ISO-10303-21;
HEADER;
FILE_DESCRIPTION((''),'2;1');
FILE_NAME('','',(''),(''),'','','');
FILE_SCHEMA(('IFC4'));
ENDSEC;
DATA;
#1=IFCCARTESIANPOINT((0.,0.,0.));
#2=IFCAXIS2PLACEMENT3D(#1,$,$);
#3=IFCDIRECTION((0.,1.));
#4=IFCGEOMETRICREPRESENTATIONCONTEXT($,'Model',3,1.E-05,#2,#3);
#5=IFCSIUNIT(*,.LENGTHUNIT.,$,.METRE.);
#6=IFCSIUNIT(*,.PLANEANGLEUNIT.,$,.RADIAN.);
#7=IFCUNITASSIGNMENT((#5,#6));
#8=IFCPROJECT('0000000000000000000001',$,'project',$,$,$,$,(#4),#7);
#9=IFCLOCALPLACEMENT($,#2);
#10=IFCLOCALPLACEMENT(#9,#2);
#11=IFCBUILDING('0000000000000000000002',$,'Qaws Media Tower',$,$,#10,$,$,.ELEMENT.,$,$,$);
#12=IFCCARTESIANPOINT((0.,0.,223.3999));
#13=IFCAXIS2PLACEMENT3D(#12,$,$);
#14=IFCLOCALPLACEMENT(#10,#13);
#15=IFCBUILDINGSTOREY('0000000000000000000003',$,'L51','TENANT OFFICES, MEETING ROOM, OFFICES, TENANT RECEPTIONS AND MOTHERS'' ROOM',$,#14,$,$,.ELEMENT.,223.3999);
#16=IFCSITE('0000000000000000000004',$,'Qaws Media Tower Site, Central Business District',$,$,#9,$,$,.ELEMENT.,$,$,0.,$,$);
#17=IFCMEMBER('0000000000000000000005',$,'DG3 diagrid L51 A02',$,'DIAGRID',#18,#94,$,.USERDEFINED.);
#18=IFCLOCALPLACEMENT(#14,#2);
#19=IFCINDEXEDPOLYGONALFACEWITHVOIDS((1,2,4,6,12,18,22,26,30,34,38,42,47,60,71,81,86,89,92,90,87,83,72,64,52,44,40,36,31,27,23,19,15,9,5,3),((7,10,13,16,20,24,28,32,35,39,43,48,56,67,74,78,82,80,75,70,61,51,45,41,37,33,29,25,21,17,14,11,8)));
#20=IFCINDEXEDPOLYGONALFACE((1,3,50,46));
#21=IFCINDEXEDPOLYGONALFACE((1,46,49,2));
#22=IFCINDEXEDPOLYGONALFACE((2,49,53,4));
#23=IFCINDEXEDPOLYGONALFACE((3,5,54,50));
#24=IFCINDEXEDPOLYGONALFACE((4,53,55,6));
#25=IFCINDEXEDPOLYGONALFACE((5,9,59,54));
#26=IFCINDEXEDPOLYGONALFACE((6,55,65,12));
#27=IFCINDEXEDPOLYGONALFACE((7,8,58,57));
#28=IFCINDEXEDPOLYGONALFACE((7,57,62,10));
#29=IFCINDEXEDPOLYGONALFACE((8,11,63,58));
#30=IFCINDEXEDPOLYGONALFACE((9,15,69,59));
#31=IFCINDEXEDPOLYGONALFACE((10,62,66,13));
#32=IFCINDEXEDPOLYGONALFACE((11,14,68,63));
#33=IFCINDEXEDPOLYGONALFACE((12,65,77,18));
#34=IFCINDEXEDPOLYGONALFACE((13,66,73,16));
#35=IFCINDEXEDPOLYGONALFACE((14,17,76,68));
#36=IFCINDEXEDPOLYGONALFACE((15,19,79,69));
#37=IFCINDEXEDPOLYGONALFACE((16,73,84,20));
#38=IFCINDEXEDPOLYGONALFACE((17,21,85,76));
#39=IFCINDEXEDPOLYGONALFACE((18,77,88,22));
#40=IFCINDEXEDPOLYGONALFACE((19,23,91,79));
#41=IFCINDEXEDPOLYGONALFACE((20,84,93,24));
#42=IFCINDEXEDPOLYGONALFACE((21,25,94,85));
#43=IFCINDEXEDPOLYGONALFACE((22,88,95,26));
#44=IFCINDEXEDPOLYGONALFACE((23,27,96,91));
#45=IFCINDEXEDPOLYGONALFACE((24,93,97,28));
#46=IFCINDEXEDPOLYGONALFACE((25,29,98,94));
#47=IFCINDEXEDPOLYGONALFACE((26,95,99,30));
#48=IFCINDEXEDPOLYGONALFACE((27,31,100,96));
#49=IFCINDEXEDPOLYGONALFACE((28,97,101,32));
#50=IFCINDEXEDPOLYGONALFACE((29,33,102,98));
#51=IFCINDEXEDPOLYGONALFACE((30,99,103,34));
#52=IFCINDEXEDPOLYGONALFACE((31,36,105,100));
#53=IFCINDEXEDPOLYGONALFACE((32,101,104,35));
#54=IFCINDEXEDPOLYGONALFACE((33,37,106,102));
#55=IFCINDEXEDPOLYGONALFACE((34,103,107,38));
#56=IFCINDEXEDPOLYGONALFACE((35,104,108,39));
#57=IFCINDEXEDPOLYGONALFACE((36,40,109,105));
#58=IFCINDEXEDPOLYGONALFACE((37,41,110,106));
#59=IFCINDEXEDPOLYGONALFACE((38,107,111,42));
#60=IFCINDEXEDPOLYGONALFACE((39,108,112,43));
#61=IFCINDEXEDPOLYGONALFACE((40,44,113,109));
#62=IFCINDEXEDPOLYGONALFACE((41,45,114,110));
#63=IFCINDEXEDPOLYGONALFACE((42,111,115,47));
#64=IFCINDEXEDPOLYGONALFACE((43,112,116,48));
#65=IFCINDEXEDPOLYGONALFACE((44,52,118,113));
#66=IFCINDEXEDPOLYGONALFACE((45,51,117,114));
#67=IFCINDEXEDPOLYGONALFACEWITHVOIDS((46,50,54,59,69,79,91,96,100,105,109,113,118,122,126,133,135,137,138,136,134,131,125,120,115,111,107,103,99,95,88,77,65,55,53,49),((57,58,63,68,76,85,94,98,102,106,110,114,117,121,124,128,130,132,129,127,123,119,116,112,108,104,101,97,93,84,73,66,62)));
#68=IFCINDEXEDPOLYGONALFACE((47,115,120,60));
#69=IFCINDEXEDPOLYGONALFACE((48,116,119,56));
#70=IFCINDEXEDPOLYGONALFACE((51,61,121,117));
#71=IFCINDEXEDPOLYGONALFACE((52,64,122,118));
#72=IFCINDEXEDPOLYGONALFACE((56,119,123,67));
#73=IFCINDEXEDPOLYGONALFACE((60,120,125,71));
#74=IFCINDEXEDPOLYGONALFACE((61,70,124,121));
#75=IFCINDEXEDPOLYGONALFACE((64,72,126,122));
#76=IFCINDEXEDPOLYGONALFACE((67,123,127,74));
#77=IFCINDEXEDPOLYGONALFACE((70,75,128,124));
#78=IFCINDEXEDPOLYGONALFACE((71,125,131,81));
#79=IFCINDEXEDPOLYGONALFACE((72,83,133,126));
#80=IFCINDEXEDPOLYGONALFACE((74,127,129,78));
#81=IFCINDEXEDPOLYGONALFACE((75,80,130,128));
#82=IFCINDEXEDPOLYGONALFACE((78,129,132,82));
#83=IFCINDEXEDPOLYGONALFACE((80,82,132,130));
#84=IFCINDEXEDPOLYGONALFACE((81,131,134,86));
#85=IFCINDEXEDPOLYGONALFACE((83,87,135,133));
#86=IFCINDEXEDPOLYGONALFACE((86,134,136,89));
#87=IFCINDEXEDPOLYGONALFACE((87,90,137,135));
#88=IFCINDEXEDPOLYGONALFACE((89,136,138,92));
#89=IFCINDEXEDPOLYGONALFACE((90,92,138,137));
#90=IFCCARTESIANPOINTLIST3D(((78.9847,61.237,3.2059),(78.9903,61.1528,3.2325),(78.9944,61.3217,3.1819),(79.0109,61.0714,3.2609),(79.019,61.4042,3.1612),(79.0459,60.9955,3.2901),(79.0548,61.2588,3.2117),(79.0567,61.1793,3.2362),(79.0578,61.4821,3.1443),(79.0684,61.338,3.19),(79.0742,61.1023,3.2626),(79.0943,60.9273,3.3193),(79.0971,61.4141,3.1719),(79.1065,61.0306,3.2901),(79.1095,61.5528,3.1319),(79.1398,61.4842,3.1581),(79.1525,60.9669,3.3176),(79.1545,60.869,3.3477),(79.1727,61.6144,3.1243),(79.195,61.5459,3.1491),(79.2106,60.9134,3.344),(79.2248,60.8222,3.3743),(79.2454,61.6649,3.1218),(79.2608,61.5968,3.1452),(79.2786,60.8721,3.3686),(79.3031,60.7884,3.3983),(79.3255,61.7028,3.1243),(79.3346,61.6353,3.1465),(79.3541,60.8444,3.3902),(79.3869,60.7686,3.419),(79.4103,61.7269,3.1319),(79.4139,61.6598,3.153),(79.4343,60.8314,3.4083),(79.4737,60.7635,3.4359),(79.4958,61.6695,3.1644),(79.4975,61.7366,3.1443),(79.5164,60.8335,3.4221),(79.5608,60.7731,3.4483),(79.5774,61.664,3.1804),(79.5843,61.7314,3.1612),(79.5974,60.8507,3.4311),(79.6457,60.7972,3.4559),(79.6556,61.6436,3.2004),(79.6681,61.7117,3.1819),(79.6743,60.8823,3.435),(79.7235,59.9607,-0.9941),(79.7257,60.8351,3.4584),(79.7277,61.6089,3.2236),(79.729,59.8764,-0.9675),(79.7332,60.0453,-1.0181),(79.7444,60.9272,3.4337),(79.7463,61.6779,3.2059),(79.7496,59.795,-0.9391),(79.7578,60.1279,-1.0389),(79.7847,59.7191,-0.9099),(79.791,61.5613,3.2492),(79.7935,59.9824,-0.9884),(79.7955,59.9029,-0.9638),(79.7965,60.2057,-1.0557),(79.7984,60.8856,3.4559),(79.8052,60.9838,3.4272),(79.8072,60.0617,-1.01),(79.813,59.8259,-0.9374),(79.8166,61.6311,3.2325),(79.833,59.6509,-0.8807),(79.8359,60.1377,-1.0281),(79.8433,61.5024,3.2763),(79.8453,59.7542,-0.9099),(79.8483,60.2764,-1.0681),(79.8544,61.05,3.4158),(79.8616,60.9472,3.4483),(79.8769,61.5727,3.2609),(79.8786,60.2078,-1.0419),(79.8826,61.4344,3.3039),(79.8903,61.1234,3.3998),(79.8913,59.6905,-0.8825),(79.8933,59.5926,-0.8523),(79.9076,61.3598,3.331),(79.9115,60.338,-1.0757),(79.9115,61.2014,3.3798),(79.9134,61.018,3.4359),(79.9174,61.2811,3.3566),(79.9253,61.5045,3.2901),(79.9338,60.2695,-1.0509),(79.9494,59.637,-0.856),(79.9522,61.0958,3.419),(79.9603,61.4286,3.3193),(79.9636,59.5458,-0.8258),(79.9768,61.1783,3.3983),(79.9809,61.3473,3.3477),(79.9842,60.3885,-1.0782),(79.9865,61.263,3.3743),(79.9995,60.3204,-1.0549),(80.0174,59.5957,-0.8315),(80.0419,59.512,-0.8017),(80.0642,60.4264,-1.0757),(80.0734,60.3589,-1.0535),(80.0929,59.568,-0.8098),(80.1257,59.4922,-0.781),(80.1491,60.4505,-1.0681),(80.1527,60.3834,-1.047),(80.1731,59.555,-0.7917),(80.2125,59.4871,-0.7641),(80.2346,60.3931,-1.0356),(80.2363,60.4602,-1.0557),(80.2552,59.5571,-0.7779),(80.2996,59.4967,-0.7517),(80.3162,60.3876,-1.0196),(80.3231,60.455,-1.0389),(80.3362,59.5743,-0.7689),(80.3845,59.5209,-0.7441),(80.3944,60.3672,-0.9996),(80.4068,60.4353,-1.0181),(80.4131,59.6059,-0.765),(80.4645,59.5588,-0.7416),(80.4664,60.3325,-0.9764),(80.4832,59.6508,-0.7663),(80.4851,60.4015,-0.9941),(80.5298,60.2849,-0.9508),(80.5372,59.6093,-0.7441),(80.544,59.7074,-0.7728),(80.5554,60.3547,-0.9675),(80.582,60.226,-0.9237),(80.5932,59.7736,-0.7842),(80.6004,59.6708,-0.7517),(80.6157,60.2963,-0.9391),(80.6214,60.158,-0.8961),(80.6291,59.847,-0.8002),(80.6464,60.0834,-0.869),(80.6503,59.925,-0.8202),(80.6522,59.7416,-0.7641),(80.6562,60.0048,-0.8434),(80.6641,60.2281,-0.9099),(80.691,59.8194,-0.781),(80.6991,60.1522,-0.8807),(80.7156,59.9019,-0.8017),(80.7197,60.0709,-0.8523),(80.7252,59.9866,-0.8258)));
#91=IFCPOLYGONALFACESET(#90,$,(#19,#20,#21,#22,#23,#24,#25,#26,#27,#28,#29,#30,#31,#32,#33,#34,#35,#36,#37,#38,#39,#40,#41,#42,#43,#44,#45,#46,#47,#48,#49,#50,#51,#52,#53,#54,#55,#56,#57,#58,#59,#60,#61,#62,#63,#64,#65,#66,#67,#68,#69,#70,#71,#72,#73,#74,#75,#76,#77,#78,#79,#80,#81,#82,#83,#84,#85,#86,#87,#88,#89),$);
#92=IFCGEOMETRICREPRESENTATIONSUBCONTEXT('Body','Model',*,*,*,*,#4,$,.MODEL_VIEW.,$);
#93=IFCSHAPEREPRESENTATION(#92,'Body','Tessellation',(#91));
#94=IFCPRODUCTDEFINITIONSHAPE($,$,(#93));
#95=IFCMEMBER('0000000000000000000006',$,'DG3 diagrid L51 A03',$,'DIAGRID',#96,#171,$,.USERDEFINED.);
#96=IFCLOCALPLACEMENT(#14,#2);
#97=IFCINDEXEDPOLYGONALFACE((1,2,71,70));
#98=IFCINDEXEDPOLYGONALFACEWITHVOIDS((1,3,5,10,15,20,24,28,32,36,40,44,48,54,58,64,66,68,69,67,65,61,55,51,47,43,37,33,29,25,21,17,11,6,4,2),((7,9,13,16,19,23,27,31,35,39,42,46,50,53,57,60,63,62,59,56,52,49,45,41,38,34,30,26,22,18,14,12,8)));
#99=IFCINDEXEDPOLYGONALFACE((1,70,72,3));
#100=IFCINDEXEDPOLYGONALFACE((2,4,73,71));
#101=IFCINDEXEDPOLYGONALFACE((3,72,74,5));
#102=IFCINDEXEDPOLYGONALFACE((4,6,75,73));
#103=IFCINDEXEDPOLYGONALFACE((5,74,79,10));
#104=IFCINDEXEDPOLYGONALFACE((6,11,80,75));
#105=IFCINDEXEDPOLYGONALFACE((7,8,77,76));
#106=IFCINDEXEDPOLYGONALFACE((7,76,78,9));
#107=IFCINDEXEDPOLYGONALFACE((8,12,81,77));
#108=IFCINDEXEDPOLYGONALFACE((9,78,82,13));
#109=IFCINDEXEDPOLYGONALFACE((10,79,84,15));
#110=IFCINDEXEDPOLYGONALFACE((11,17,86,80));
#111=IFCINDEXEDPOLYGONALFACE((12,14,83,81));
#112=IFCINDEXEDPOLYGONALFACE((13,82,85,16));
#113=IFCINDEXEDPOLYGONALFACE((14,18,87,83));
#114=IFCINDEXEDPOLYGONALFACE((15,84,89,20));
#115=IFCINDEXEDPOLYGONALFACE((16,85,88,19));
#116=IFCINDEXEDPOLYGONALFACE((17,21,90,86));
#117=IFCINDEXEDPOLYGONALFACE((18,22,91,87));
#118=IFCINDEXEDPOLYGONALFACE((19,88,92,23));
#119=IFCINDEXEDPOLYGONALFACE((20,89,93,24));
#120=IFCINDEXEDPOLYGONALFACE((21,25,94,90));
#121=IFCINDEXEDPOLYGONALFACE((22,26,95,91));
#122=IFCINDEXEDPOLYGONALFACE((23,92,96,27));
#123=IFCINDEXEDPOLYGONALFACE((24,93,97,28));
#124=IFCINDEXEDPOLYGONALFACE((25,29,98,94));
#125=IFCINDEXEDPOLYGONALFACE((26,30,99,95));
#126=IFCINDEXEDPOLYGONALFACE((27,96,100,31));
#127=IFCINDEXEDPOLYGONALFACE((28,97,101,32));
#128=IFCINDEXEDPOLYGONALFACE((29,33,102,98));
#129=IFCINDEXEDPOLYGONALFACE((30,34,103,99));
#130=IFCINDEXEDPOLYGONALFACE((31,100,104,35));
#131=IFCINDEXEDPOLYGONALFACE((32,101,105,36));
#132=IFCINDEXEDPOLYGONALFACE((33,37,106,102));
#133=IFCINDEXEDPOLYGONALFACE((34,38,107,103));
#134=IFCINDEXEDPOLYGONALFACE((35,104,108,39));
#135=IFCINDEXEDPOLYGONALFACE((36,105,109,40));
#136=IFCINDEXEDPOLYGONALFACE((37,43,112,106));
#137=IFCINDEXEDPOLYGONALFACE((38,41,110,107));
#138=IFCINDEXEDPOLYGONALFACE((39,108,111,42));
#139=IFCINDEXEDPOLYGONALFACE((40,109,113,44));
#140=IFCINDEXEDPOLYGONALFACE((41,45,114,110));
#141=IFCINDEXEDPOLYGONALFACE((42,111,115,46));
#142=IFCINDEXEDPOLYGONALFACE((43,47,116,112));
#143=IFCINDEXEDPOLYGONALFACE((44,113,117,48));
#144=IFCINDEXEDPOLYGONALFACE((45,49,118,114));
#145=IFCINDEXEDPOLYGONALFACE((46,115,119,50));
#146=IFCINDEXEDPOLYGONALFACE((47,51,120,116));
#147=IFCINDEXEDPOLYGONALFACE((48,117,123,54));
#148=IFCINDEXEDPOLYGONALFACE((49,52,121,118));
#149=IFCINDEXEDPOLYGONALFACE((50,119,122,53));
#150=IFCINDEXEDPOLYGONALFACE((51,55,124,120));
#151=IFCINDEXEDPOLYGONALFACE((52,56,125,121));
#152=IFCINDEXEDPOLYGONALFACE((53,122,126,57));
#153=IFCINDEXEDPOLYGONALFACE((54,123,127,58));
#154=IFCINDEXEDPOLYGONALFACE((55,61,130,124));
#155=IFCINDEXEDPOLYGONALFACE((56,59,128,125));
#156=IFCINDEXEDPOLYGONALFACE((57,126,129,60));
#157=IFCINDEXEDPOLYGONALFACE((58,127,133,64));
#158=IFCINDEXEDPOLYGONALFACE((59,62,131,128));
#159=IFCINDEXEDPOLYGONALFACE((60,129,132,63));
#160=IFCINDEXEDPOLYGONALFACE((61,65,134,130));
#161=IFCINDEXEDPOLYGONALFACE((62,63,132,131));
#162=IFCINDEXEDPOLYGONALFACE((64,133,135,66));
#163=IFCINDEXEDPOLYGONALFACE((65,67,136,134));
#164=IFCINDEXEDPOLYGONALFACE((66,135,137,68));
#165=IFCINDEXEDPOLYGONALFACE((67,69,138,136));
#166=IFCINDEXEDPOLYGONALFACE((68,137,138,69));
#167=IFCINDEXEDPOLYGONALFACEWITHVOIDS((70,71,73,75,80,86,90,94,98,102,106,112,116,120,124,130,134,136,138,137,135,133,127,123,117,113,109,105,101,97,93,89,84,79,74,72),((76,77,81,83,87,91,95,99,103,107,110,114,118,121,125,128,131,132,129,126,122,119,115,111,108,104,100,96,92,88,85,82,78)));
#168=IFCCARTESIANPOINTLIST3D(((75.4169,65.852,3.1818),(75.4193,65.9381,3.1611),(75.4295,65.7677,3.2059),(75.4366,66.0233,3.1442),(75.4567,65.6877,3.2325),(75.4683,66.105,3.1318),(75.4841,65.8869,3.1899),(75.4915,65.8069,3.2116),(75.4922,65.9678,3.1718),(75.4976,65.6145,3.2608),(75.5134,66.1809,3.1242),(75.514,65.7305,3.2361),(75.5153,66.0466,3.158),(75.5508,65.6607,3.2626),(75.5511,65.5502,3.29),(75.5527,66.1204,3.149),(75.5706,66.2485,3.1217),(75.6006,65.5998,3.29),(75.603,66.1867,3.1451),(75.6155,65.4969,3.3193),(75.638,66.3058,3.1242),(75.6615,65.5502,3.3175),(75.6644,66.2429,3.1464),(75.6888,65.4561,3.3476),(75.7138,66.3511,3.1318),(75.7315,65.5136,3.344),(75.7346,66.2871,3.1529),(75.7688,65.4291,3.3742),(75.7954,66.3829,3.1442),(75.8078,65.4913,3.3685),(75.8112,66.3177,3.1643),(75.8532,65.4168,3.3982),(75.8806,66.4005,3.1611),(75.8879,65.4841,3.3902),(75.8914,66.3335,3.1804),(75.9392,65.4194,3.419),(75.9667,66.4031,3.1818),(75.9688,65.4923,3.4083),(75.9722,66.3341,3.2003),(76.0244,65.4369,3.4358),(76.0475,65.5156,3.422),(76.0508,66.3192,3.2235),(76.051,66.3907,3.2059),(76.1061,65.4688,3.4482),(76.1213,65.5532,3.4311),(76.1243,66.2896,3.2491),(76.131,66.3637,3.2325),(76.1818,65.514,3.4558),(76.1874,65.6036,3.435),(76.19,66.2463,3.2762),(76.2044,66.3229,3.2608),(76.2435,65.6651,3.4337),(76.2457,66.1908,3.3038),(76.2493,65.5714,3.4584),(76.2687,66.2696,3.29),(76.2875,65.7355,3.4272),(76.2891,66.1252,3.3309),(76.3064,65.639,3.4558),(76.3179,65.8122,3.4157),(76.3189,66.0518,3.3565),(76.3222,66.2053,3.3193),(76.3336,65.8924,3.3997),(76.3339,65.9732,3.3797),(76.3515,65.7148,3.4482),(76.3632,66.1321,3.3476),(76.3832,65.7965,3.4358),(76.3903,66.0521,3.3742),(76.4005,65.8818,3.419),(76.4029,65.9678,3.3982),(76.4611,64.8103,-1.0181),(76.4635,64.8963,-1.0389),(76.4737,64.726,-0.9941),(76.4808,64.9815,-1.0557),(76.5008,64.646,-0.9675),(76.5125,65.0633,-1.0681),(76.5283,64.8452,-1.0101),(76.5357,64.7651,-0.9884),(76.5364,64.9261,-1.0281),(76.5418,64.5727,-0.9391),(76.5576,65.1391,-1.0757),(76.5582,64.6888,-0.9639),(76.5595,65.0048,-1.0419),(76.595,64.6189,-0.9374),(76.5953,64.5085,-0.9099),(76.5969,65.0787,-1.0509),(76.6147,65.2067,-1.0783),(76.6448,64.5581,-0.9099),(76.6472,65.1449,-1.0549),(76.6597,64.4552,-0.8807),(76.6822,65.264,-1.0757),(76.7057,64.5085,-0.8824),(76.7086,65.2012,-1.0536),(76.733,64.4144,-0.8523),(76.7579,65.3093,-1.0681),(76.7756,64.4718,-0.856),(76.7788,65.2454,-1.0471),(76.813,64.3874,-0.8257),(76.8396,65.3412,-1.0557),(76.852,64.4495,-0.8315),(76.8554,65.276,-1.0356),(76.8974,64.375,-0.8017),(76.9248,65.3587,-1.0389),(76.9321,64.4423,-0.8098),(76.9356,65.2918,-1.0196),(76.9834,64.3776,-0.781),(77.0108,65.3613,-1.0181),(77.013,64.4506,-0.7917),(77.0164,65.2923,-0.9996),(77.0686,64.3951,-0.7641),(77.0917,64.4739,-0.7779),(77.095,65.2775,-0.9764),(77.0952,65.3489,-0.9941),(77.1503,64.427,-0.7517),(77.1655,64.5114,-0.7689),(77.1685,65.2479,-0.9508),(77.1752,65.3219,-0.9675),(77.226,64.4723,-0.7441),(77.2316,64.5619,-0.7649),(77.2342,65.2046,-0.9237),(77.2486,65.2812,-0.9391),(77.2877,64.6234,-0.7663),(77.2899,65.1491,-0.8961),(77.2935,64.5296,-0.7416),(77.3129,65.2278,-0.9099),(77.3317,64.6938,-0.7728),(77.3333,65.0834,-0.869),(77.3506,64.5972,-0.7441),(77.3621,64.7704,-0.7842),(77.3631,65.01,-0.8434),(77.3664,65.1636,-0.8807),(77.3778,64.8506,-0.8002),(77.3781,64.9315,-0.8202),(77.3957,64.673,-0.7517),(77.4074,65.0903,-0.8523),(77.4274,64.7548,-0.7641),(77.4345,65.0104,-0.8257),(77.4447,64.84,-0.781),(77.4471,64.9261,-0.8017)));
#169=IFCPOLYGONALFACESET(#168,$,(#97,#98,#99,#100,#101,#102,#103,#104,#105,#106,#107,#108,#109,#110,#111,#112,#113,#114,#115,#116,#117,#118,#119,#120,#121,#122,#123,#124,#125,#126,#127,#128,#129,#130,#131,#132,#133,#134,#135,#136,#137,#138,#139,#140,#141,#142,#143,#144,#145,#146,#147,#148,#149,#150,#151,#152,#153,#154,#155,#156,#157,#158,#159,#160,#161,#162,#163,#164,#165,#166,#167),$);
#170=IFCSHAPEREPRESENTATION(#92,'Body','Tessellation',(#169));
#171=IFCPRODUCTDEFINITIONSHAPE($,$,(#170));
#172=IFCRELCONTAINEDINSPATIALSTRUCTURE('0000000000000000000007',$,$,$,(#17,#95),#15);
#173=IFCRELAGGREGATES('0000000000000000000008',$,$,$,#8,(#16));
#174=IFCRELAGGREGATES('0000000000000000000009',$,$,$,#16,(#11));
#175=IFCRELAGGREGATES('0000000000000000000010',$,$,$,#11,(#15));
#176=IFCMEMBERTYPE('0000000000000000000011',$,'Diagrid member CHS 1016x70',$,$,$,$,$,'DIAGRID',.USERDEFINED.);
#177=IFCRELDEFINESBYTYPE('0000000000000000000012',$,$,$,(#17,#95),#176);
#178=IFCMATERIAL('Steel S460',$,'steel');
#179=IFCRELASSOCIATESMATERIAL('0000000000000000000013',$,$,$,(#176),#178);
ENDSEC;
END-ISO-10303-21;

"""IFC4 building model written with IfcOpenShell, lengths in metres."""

from ifc_helpers import new_model, si_unit, direction, frame, origin, origin_2d, place, context, subcontext, project, spatial, hollow_circle, extrude, material, material_profile, profile_set, type_object, element, save


model = new_model("IFC4")

# Units and contexts
model_context = context("Model", 3, precision=1e-05, world=origin(), true_north=direction((0.0, 1.0)))
body_context = subcontext(model_context, "Body", "Model", "MODEL_VIEW")
ifc_project = project(units=[si_unit("LENGTHUNIT", "METRE"), si_unit("PLANEANGLEUNIT", "RADIAN")], contexts=[model_context])

# Site, building, storey
site_placement = place(None, origin())
site = spatial("IfcSite", under=ifc_project, at=site_placement, Name="Qaws Media Tower Site, Central Business District", CompositionType="ELEMENT", RefElevation=0.0)
building_placement = place(site_placement, origin())
building = spatial("IfcBuilding", under=site, at=building_placement, Name="Qaws Media Tower", CompositionType="ELEMENT")
storey_placement = place(building_placement, frame((0.0, 0.0, 223.3999)))
storey = spatial("IfcBuildingStorey", under=building, at=storey_placement, Name="L51", Description="TENANT OFFICES, MEETING ROOM, OFFICES, TENANT RECEPTIONS AND MOTHERS' ROOM", CompositionType="ELEMENT", Elevation=223.3999)

# Members
ifc_material_1 = material(Name="Steel S460", Category="steel")
ifc_material_profile_1 = material_profile(ifc_material_1, hollow_circle(Radius=0.5081, WallThickness=0.0701, at=origin_2d()), Name="CHS 1016x70")
ifc_profile_set_1 = profile_set([ifc_material_profile_1], Name="Steel S460")
member_type_1 = type_object("IfcMemberType", Name="Diagrid member CHS 1016x70", ElementType="DIAGRID", PredefinedType="USERDEFINED", material=ifc_profile_set_1)
for number, where, z_axis, x_axis, name in (
    (1, (80.2244, 59.9736, -0.9099), (-0.165965, 0.286737, 0.943524), (-0.865479, -0.500945, 0.0), "DG3 diagrid L51 A02"),
    (2, (76.9541, 64.8682, -0.9099), (-0.234574, 0.234026, 0.943508), (-0.706279, -0.707934, 0.0), "DG3 diagrid L51 A03"),
):
    element("IfcMember", number, at=place(storey_placement, frame(where, z_axis=z_axis, x_axis=x_axis)), inside=storey, type_object=member_type_1, Name=name, ObjectType="DIAGRID", PredefinedType="USERDEFINED", context=body_context, shape_type="SweptSolid", body=[
        extrude(hollow_circle(Radius=0.5081, WallThickness=0.0701, at=origin_2d()), origin(), (0.0, 0.0, 1.0), 4.4514),
    ])

save(model, "model.ifc")
